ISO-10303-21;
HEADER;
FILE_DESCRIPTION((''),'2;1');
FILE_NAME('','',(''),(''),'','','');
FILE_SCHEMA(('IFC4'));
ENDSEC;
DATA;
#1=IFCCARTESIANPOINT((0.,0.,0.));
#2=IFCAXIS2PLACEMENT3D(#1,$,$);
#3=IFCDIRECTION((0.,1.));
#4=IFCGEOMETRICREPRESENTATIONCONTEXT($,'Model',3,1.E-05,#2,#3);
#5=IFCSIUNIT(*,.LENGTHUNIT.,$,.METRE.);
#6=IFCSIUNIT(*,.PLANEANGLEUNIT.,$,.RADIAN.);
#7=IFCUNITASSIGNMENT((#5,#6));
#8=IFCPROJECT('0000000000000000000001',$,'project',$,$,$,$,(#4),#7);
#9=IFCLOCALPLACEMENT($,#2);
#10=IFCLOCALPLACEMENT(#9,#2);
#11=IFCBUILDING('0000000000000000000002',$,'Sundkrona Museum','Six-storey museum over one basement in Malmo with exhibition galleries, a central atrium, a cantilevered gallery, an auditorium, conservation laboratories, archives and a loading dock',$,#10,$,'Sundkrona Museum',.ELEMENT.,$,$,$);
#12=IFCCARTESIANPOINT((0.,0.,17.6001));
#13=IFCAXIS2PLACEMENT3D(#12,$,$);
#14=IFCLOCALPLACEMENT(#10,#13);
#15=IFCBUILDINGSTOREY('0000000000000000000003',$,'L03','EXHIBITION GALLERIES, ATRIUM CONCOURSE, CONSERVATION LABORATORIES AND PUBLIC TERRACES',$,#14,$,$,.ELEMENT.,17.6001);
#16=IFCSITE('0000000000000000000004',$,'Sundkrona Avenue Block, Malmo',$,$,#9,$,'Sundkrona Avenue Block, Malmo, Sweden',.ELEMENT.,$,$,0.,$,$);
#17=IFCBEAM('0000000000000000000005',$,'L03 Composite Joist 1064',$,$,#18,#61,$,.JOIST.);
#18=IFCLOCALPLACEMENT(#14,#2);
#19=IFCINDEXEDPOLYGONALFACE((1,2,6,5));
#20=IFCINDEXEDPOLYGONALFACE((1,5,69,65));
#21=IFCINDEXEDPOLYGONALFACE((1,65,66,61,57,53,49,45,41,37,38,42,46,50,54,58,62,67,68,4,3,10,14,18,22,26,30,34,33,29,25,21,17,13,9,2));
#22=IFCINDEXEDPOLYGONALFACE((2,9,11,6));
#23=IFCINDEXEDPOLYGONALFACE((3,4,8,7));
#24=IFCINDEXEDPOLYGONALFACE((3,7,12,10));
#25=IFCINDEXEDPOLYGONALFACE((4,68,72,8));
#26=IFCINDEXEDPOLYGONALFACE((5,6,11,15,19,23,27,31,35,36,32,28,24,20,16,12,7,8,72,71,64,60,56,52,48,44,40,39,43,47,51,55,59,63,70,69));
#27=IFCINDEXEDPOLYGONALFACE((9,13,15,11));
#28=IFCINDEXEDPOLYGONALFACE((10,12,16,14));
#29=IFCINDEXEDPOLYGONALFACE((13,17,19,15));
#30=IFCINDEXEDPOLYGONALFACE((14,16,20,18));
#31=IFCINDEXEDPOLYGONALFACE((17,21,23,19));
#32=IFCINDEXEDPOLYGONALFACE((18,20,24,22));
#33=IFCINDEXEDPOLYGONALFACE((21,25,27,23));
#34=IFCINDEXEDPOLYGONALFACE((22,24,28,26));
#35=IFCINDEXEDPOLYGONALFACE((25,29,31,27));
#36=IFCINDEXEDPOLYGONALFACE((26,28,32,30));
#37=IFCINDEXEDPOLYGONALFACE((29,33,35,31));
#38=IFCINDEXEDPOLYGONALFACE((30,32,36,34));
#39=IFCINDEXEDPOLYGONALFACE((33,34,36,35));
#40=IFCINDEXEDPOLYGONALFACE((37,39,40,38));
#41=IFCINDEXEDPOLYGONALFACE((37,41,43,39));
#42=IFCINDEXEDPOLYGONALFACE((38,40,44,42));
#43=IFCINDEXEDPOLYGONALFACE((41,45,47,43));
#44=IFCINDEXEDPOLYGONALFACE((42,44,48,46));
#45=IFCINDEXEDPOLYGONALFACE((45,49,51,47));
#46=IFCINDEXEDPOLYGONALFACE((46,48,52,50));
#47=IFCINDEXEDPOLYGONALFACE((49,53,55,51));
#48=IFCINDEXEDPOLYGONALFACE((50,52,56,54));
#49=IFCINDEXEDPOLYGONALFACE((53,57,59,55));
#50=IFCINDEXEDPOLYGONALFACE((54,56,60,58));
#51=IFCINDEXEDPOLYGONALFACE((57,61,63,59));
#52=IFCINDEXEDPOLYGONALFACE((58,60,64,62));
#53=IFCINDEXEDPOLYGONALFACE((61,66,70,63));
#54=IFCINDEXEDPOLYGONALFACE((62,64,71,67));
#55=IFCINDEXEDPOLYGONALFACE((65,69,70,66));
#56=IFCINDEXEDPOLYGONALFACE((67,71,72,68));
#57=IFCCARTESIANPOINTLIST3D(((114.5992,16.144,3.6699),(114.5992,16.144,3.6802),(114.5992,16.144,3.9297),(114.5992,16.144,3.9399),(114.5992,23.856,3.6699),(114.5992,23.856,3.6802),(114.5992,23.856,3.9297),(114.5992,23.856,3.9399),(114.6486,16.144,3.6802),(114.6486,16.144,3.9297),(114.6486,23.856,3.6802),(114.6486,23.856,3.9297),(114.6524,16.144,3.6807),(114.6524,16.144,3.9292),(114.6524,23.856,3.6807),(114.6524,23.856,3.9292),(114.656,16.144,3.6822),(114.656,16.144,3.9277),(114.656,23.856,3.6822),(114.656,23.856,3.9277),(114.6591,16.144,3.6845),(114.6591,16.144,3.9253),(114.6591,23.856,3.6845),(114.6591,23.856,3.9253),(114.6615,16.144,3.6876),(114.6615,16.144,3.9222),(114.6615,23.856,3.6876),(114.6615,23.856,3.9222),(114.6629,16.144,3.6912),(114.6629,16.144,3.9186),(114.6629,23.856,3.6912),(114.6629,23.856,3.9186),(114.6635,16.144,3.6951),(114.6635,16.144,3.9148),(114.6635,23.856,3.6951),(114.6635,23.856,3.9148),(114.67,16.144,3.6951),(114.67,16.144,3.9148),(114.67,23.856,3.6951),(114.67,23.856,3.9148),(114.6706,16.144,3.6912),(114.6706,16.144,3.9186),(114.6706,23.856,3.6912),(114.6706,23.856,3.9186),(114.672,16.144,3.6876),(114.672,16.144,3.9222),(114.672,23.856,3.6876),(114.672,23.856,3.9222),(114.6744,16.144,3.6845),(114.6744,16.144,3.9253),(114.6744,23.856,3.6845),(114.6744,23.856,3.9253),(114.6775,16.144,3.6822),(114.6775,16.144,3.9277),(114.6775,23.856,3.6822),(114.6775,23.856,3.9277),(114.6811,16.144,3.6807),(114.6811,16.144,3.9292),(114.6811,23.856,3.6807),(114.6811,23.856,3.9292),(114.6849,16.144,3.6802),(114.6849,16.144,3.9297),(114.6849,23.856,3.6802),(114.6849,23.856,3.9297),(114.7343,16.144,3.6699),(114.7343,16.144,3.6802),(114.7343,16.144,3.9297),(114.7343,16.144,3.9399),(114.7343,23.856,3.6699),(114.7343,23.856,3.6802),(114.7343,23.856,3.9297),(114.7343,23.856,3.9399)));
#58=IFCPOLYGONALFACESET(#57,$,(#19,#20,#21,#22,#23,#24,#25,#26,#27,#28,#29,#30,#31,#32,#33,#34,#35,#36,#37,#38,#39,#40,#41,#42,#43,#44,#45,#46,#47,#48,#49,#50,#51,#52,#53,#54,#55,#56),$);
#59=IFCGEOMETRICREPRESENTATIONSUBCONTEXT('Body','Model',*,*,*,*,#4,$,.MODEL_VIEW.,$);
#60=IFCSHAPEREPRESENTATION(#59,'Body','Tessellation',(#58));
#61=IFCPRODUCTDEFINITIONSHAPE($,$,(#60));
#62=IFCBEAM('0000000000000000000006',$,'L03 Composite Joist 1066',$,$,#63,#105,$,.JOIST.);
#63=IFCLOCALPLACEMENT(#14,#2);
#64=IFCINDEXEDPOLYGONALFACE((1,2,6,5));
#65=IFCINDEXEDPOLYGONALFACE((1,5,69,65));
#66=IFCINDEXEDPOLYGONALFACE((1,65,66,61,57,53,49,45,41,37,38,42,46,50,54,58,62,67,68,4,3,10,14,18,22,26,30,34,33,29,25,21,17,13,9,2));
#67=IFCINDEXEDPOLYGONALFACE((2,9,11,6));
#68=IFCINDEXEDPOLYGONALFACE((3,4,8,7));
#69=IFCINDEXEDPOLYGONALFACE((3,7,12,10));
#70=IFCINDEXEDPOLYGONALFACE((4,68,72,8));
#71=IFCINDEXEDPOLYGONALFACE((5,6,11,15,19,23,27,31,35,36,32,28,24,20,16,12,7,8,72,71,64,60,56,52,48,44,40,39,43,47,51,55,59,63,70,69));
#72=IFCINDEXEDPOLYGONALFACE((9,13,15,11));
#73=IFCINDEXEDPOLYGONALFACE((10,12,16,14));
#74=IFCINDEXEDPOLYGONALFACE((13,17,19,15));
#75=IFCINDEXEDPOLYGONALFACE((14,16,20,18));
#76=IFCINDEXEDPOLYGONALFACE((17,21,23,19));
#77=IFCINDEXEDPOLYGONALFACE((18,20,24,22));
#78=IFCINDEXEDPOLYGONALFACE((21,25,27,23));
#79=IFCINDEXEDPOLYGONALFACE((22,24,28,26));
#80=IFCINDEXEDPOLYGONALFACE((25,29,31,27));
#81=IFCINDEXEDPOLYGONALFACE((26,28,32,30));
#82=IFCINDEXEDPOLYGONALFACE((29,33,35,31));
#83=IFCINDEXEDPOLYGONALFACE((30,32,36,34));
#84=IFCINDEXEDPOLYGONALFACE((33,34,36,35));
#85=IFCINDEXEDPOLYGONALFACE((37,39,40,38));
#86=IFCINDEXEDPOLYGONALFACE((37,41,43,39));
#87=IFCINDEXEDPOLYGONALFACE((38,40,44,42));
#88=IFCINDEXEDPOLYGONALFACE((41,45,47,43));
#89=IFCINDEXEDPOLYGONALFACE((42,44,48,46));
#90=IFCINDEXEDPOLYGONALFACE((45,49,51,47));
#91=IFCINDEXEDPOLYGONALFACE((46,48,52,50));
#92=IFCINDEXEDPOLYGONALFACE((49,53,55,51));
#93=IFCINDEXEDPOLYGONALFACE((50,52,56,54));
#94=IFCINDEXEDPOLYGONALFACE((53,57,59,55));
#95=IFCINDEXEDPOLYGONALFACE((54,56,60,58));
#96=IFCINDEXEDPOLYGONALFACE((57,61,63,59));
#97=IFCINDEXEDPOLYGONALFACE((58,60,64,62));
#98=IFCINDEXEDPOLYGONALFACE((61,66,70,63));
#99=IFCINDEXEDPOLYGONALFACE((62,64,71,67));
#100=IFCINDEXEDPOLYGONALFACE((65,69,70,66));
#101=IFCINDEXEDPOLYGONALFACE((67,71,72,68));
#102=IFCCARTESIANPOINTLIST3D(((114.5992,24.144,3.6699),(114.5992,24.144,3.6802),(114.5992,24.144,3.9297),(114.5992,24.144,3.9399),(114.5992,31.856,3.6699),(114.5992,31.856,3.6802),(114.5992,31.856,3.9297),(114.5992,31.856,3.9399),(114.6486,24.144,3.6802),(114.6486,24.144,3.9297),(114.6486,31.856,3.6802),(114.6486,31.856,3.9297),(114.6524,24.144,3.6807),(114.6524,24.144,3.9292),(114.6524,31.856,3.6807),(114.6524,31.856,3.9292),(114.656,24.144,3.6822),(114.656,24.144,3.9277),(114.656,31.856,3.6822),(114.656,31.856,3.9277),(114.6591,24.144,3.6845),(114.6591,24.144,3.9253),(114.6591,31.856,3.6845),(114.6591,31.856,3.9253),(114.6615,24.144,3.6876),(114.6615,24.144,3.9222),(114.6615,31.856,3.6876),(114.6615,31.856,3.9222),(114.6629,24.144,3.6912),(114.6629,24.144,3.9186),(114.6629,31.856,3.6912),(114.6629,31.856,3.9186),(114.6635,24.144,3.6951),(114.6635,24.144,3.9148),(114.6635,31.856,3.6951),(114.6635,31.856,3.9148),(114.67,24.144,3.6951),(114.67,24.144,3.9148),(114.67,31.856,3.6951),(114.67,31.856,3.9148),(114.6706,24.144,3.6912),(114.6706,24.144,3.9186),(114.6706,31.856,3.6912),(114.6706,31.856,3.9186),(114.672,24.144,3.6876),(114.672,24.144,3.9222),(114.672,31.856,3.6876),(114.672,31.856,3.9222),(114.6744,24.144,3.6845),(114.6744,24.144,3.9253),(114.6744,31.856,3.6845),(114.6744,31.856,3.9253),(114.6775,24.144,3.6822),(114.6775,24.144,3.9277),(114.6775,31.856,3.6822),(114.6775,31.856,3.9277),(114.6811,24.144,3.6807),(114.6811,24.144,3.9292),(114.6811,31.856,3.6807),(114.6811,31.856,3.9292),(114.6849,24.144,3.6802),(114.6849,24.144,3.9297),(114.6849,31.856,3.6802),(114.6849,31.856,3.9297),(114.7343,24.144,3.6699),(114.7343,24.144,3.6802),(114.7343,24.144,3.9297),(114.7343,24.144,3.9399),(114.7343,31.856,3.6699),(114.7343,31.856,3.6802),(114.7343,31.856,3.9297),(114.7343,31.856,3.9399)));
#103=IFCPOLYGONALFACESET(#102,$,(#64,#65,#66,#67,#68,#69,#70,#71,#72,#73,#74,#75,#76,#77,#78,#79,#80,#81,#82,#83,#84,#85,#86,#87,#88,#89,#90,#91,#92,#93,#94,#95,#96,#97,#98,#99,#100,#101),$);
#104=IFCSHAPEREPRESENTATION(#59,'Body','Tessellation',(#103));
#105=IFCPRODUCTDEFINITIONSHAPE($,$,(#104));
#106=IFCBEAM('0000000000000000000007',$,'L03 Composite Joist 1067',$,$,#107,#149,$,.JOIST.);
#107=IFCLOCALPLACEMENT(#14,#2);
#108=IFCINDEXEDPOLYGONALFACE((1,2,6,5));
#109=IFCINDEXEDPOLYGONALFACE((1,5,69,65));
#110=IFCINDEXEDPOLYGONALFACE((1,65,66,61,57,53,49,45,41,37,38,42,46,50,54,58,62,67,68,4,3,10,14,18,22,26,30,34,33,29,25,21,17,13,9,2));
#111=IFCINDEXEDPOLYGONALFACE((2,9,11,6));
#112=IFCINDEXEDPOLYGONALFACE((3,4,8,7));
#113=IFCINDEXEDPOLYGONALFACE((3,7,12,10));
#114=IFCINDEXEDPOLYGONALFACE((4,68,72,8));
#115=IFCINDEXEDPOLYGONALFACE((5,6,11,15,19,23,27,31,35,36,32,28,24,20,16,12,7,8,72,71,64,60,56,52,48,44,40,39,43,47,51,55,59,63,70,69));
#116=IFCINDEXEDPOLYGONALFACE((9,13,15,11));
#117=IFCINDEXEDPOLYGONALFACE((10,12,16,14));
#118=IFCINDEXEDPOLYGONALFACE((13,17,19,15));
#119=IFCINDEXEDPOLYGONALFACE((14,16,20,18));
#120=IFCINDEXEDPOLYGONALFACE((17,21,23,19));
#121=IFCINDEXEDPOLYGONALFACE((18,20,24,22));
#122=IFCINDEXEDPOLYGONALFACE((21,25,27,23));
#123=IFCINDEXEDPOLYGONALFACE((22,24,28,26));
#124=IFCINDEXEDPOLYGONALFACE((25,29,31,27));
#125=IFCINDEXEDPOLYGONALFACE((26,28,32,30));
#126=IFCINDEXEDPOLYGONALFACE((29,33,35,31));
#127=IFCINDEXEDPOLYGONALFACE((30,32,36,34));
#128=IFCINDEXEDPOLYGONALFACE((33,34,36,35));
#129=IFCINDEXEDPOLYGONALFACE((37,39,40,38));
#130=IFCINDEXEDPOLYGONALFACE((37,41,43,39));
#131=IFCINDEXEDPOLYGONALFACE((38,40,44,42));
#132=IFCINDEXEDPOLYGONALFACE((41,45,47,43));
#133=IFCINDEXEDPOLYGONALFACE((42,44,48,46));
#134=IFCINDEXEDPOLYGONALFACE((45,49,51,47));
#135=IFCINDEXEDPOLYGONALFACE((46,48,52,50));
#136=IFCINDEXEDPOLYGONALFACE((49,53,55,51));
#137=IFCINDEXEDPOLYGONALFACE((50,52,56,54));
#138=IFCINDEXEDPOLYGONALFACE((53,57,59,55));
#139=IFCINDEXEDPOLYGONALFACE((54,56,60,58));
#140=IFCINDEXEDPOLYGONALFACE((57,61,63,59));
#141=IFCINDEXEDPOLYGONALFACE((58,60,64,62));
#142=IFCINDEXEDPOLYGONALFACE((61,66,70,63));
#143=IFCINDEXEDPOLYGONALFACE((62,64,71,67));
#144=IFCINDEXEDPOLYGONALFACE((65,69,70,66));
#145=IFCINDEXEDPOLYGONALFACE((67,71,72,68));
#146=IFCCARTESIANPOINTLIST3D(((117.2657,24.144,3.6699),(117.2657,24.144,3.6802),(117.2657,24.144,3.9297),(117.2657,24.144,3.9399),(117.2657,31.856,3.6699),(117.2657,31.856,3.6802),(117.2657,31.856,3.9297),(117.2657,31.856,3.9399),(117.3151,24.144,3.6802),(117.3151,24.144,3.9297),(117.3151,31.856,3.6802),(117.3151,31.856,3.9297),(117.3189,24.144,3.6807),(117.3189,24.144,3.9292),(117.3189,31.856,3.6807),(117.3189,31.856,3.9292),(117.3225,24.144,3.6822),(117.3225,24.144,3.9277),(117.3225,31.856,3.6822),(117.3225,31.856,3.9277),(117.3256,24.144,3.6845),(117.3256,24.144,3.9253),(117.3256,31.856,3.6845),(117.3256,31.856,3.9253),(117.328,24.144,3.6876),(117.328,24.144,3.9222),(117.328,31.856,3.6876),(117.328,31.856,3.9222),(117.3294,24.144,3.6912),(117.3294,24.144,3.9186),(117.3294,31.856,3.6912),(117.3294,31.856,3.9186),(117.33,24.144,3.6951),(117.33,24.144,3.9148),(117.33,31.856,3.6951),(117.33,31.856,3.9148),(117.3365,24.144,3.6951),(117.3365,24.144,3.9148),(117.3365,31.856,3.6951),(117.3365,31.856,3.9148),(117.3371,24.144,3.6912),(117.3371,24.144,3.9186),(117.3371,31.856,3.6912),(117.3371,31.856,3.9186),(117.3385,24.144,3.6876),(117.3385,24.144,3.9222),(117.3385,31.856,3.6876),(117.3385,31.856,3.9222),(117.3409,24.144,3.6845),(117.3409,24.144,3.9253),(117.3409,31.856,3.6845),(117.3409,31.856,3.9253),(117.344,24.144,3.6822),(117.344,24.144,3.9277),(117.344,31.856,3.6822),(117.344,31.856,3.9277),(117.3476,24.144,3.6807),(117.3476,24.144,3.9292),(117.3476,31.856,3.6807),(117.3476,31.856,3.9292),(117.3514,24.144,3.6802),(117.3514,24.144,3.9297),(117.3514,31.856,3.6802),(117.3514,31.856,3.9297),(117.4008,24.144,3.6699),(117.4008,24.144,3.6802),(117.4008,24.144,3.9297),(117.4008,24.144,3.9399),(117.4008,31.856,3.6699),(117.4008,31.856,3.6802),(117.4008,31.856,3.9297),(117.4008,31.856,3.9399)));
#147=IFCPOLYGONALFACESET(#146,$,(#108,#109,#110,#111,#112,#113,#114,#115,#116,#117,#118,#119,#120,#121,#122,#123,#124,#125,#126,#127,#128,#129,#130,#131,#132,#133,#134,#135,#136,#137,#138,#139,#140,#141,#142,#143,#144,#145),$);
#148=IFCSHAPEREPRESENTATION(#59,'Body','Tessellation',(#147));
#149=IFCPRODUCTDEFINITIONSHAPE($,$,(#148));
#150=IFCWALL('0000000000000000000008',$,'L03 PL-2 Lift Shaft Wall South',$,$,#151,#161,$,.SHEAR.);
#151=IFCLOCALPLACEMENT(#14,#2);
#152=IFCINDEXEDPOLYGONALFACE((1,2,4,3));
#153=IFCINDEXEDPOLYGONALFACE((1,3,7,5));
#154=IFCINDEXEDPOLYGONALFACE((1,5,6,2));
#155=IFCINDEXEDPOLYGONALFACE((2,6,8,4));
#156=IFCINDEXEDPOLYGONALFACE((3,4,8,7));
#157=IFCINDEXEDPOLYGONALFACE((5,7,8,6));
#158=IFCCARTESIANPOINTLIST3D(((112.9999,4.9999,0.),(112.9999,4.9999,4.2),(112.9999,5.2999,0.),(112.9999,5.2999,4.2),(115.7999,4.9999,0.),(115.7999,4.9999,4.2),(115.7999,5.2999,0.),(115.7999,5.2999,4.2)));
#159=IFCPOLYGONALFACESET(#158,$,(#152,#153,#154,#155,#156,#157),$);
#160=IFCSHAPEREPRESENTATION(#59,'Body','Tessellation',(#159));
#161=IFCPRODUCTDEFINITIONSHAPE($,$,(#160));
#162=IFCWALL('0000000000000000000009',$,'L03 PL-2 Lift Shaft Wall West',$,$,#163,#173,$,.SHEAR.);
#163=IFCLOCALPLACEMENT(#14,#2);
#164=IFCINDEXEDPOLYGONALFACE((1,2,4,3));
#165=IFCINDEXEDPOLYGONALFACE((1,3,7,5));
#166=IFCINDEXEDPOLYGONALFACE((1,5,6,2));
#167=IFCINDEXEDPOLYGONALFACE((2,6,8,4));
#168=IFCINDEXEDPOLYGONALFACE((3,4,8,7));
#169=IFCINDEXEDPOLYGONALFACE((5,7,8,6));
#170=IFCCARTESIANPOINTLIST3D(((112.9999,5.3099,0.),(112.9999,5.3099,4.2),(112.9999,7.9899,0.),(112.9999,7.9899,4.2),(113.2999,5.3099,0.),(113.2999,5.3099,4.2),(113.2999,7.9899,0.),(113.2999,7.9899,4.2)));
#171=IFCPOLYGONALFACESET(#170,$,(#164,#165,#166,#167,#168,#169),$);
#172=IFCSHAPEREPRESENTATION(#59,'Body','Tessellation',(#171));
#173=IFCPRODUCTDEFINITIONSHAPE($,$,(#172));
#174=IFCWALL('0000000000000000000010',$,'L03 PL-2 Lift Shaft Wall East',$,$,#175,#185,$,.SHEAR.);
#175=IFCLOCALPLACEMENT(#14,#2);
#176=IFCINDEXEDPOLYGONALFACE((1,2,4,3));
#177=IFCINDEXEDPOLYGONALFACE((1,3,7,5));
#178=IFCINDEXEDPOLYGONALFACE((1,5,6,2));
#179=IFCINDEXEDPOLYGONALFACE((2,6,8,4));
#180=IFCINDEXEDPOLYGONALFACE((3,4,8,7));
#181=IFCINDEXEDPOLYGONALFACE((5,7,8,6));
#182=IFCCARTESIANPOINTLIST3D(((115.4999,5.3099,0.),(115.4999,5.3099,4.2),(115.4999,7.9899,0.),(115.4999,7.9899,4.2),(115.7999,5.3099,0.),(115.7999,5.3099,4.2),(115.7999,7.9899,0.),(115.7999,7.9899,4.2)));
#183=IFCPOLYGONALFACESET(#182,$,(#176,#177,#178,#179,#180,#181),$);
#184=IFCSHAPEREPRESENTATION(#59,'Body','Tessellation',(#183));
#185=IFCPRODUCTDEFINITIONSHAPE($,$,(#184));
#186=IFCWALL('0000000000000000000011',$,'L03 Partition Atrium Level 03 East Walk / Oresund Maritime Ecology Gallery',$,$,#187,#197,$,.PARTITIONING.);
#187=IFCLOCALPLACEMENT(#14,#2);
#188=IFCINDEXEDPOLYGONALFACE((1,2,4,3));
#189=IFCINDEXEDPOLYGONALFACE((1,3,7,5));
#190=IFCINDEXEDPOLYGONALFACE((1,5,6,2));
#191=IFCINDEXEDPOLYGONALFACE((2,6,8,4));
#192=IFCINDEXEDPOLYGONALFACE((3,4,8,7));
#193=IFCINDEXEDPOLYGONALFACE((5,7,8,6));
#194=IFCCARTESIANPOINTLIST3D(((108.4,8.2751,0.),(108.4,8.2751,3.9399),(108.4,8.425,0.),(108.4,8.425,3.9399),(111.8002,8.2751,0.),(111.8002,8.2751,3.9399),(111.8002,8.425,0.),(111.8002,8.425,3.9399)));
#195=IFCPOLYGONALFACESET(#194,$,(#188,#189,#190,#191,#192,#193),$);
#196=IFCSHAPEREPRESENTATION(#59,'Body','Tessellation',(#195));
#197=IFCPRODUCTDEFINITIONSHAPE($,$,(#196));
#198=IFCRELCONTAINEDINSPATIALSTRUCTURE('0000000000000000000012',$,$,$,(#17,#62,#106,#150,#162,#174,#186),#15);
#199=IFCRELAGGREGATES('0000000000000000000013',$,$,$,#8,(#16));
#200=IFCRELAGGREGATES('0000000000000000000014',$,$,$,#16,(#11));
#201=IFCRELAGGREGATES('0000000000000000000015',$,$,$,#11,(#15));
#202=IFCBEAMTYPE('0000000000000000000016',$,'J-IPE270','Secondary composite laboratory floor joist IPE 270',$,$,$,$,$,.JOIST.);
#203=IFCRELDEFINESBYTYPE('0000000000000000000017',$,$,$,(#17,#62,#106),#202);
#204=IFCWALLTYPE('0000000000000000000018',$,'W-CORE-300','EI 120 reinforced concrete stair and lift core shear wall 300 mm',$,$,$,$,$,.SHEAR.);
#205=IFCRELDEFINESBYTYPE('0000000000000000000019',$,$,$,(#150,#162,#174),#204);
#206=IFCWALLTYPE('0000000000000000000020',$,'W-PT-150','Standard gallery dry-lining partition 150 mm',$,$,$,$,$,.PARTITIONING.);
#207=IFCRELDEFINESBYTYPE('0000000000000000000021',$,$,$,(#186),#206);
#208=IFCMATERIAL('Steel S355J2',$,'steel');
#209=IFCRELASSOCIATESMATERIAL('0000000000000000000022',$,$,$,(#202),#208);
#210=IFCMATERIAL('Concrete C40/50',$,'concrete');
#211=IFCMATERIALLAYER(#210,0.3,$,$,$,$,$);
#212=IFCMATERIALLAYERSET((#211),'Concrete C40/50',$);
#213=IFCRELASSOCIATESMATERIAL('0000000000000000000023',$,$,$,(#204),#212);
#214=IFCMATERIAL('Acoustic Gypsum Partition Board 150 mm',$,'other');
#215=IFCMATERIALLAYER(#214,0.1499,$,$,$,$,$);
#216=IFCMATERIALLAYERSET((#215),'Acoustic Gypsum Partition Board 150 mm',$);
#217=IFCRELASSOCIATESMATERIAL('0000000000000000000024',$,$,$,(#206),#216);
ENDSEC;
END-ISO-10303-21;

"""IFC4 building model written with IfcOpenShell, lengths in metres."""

from ifc_helpers import new_model, si_unit, direction, frame, frame_2d, origin, origin_2d, place, context, subcontext, project, spatial, rectangle, i_section, extrude, material, layer, layer_set, material_profile, profile_set, type_object, element, save


model = new_model("IFC4")

# Units and contexts
model_context = context("Model", 3, precision=1e-05, world=origin(), true_north=direction((0.0, 1.0)))
body_context = subcontext(model_context, "Body", "Model", "MODEL_VIEW")
ifc_project = project(units=[si_unit("LENGTHUNIT", "METRE"), si_unit("PLANEANGLEUNIT", "RADIAN")], contexts=[model_context])

# Site, building, storey
site_placement = place(None, origin())
site = spatial("IfcSite", under=ifc_project, at=site_placement, Name="Sundkrona Avenue Block, Malmo", LongName="Sundkrona Avenue Block, Malmo, Sweden", CompositionType="ELEMENT", RefElevation=0.0)
building_placement = place(site_placement, origin())
building = spatial("IfcBuilding", under=site, at=building_placement, Name="Sundkrona Museum", Description="Six-storey museum over one basement in Malmo with exhibition galleries, a central atrium, a cantilevered gallery, an auditorium, conservation laboratories, archives and a loading dock", LongName="Sundkrona Museum", CompositionType="ELEMENT")
storey_placement = place(building_placement, frame((0.0, 0.0, 17.6001)))
storey = spatial("IfcBuildingStorey", under=building, at=storey_placement, Name="L03", Description="EXHIBITION GALLERIES, ATRIUM CONCOURSE, CONSERVATION LABORATORIES AND PUBLIC TERRACES", CompositionType="ELEMENT", Elevation=17.6001)

# Shared definitions
ifc_material_1 = material(Name="Steel S355J2", Category="steel")

# Beams
ifc_material_profile_1 = material_profile(ifc_material_1, i_section(OverallWidth=0.135, OverallDepth=0.27, WebThickness=0.0066, FlangeThickness=0.0103, FilletRadius=0.0149, at=origin_2d()), Name="IPE 270")
ifc_profile_set_1 = profile_set([ifc_material_profile_1], Name="Steel S355J2")
beam_type_1 = type_object("IfcBeamType", Name="J-IPE270", Description="Secondary composite laboratory floor joist IPE 270", PredefinedType="JOIST", material=ifc_profile_set_1)
for number, where, z_axis, x_axis, name in (
    (1, (114.6667, 16.144, 3.8049), (0.0, 1.0, 0.0), (-1.0, 0.0, 0.0), "L03 Composite Joist 1064"),
    (2, (114.6667, 24.144, 3.8049), (0.0, 1.0, 0.0), (-1.0, 0.0, 0.0), "L03 Composite Joist 1066"),
    (3, (117.3333, 24.144, 3.8049), (0.0, 1.0, 0.0), (-1.0, 0.0, 0.0), "L03 Composite Joist 1067"),
):
    element("IfcBeam", number, at=place(storey_placement, frame(where, z_axis=z_axis, x_axis=x_axis)), inside=storey, type_object=beam_type_1, Name=name, PredefinedType="JOIST", context=body_context, shape_type="SweptSolid", body=[
        extrude(i_section(OverallWidth=0.135, OverallDepth=0.27, WebThickness=0.0066, FlangeThickness=0.0103, FilletRadius=0.0149, at=origin_2d()), origin(), (0.0, 0.0, 1.0), 7.7119),
    ])

# Wall
ifc_material_2 = material(Name="Concrete C40/50", Category="concrete")
ifc_layer_1 = layer(ifc_material_2, 0.3)
ifc_layer_set_1 = layer_set([ifc_layer_1], Name="Concrete C40/50")
wall_type_1 = type_object("IfcWallType", Name="W-CORE-300", Description="EI 120 reinforced concrete stair and lift core shear wall 300 mm", PredefinedType="SHEAR", material=ifc_layer_set_1)
wall_1_placement = place(storey_placement, frame((113.0, 5.1499, 0.0), z_axis=(0.0, 0.0, 1.0), x_axis=(1.0, 0.0, 0.0)))
element("IfcWall", 4, at=wall_1_placement, inside=storey, type_object=wall_type_1, Name="L03 PL-2 Lift Shaft Wall South", PredefinedType="SHEAR", context=body_context, shape_type="SweptSolid", body=[
    extrude(rectangle(XDim=2.8, YDim=0.3, at=frame_2d((1.3999, 0.0))), origin(), (0.0, 0.0, 1.0), 4.2),
])

# Walls
for number, where, z_axis, x_axis, name in (
    (5, (113.1499, 5.3101, 0.0), (0.0, 0.0, 1.0), (0.0, 1.0, 0.0), "L03 PL-2 Lift Shaft Wall West"),
    (6, (115.6499, 5.3101, 0.0), (0.0, 0.0, 1.0), (0.0, 1.0, 0.0), "L03 PL-2 Lift Shaft Wall East"),
):
    element("IfcWall", number, at=place(storey_placement, frame(where, z_axis=z_axis, x_axis=x_axis)), inside=storey, type_object=wall_type_1, Name=name, PredefinedType="SHEAR", context=body_context, shape_type="SweptSolid", body=[
        extrude(rectangle(XDim=2.6799, YDim=0.3, at=frame_2d((1.3398, 0.0))), origin(), (0.0, 0.0, 1.0), 4.2),
    ])
ifc_material_3 = material(Name="Acoustic Gypsum Partition Board 150 mm", Category="other")
ifc_layer_2 = layer(ifc_material_3, 0.1499)
ifc_layer_set_2 = layer_set([ifc_layer_2], Name="Acoustic Gypsum Partition Board 150 mm")
wall_type_2 = type_object("IfcWallType", Name="W-PT-150", Description="Standard gallery dry-lining partition 150 mm", PredefinedType="PARTITIONING", material=ifc_layer_set_2)
wall_2_placement = place(storey_placement, frame((108.3999, 8.3501, 0.0), z_axis=(0.0, 0.0, 1.0), x_axis=(1.0, 0.0, 0.0)))
element("IfcWall", 7, at=wall_2_placement, inside=storey, type_object=wall_type_2, Name="L03 Partition Atrium Level 03 East Walk / Oresund Maritime Ecology Gallery", PredefinedType="PARTITIONING", context=body_context, shape_type="SweptSolid", body=[
    extrude(rectangle(XDim=3.4001, YDim=0.1499, at=frame_2d((1.7002, 0.0))), origin(), (0.0, 0.0, 1.0), 3.9399),
])

save(model, "model.ifc")
